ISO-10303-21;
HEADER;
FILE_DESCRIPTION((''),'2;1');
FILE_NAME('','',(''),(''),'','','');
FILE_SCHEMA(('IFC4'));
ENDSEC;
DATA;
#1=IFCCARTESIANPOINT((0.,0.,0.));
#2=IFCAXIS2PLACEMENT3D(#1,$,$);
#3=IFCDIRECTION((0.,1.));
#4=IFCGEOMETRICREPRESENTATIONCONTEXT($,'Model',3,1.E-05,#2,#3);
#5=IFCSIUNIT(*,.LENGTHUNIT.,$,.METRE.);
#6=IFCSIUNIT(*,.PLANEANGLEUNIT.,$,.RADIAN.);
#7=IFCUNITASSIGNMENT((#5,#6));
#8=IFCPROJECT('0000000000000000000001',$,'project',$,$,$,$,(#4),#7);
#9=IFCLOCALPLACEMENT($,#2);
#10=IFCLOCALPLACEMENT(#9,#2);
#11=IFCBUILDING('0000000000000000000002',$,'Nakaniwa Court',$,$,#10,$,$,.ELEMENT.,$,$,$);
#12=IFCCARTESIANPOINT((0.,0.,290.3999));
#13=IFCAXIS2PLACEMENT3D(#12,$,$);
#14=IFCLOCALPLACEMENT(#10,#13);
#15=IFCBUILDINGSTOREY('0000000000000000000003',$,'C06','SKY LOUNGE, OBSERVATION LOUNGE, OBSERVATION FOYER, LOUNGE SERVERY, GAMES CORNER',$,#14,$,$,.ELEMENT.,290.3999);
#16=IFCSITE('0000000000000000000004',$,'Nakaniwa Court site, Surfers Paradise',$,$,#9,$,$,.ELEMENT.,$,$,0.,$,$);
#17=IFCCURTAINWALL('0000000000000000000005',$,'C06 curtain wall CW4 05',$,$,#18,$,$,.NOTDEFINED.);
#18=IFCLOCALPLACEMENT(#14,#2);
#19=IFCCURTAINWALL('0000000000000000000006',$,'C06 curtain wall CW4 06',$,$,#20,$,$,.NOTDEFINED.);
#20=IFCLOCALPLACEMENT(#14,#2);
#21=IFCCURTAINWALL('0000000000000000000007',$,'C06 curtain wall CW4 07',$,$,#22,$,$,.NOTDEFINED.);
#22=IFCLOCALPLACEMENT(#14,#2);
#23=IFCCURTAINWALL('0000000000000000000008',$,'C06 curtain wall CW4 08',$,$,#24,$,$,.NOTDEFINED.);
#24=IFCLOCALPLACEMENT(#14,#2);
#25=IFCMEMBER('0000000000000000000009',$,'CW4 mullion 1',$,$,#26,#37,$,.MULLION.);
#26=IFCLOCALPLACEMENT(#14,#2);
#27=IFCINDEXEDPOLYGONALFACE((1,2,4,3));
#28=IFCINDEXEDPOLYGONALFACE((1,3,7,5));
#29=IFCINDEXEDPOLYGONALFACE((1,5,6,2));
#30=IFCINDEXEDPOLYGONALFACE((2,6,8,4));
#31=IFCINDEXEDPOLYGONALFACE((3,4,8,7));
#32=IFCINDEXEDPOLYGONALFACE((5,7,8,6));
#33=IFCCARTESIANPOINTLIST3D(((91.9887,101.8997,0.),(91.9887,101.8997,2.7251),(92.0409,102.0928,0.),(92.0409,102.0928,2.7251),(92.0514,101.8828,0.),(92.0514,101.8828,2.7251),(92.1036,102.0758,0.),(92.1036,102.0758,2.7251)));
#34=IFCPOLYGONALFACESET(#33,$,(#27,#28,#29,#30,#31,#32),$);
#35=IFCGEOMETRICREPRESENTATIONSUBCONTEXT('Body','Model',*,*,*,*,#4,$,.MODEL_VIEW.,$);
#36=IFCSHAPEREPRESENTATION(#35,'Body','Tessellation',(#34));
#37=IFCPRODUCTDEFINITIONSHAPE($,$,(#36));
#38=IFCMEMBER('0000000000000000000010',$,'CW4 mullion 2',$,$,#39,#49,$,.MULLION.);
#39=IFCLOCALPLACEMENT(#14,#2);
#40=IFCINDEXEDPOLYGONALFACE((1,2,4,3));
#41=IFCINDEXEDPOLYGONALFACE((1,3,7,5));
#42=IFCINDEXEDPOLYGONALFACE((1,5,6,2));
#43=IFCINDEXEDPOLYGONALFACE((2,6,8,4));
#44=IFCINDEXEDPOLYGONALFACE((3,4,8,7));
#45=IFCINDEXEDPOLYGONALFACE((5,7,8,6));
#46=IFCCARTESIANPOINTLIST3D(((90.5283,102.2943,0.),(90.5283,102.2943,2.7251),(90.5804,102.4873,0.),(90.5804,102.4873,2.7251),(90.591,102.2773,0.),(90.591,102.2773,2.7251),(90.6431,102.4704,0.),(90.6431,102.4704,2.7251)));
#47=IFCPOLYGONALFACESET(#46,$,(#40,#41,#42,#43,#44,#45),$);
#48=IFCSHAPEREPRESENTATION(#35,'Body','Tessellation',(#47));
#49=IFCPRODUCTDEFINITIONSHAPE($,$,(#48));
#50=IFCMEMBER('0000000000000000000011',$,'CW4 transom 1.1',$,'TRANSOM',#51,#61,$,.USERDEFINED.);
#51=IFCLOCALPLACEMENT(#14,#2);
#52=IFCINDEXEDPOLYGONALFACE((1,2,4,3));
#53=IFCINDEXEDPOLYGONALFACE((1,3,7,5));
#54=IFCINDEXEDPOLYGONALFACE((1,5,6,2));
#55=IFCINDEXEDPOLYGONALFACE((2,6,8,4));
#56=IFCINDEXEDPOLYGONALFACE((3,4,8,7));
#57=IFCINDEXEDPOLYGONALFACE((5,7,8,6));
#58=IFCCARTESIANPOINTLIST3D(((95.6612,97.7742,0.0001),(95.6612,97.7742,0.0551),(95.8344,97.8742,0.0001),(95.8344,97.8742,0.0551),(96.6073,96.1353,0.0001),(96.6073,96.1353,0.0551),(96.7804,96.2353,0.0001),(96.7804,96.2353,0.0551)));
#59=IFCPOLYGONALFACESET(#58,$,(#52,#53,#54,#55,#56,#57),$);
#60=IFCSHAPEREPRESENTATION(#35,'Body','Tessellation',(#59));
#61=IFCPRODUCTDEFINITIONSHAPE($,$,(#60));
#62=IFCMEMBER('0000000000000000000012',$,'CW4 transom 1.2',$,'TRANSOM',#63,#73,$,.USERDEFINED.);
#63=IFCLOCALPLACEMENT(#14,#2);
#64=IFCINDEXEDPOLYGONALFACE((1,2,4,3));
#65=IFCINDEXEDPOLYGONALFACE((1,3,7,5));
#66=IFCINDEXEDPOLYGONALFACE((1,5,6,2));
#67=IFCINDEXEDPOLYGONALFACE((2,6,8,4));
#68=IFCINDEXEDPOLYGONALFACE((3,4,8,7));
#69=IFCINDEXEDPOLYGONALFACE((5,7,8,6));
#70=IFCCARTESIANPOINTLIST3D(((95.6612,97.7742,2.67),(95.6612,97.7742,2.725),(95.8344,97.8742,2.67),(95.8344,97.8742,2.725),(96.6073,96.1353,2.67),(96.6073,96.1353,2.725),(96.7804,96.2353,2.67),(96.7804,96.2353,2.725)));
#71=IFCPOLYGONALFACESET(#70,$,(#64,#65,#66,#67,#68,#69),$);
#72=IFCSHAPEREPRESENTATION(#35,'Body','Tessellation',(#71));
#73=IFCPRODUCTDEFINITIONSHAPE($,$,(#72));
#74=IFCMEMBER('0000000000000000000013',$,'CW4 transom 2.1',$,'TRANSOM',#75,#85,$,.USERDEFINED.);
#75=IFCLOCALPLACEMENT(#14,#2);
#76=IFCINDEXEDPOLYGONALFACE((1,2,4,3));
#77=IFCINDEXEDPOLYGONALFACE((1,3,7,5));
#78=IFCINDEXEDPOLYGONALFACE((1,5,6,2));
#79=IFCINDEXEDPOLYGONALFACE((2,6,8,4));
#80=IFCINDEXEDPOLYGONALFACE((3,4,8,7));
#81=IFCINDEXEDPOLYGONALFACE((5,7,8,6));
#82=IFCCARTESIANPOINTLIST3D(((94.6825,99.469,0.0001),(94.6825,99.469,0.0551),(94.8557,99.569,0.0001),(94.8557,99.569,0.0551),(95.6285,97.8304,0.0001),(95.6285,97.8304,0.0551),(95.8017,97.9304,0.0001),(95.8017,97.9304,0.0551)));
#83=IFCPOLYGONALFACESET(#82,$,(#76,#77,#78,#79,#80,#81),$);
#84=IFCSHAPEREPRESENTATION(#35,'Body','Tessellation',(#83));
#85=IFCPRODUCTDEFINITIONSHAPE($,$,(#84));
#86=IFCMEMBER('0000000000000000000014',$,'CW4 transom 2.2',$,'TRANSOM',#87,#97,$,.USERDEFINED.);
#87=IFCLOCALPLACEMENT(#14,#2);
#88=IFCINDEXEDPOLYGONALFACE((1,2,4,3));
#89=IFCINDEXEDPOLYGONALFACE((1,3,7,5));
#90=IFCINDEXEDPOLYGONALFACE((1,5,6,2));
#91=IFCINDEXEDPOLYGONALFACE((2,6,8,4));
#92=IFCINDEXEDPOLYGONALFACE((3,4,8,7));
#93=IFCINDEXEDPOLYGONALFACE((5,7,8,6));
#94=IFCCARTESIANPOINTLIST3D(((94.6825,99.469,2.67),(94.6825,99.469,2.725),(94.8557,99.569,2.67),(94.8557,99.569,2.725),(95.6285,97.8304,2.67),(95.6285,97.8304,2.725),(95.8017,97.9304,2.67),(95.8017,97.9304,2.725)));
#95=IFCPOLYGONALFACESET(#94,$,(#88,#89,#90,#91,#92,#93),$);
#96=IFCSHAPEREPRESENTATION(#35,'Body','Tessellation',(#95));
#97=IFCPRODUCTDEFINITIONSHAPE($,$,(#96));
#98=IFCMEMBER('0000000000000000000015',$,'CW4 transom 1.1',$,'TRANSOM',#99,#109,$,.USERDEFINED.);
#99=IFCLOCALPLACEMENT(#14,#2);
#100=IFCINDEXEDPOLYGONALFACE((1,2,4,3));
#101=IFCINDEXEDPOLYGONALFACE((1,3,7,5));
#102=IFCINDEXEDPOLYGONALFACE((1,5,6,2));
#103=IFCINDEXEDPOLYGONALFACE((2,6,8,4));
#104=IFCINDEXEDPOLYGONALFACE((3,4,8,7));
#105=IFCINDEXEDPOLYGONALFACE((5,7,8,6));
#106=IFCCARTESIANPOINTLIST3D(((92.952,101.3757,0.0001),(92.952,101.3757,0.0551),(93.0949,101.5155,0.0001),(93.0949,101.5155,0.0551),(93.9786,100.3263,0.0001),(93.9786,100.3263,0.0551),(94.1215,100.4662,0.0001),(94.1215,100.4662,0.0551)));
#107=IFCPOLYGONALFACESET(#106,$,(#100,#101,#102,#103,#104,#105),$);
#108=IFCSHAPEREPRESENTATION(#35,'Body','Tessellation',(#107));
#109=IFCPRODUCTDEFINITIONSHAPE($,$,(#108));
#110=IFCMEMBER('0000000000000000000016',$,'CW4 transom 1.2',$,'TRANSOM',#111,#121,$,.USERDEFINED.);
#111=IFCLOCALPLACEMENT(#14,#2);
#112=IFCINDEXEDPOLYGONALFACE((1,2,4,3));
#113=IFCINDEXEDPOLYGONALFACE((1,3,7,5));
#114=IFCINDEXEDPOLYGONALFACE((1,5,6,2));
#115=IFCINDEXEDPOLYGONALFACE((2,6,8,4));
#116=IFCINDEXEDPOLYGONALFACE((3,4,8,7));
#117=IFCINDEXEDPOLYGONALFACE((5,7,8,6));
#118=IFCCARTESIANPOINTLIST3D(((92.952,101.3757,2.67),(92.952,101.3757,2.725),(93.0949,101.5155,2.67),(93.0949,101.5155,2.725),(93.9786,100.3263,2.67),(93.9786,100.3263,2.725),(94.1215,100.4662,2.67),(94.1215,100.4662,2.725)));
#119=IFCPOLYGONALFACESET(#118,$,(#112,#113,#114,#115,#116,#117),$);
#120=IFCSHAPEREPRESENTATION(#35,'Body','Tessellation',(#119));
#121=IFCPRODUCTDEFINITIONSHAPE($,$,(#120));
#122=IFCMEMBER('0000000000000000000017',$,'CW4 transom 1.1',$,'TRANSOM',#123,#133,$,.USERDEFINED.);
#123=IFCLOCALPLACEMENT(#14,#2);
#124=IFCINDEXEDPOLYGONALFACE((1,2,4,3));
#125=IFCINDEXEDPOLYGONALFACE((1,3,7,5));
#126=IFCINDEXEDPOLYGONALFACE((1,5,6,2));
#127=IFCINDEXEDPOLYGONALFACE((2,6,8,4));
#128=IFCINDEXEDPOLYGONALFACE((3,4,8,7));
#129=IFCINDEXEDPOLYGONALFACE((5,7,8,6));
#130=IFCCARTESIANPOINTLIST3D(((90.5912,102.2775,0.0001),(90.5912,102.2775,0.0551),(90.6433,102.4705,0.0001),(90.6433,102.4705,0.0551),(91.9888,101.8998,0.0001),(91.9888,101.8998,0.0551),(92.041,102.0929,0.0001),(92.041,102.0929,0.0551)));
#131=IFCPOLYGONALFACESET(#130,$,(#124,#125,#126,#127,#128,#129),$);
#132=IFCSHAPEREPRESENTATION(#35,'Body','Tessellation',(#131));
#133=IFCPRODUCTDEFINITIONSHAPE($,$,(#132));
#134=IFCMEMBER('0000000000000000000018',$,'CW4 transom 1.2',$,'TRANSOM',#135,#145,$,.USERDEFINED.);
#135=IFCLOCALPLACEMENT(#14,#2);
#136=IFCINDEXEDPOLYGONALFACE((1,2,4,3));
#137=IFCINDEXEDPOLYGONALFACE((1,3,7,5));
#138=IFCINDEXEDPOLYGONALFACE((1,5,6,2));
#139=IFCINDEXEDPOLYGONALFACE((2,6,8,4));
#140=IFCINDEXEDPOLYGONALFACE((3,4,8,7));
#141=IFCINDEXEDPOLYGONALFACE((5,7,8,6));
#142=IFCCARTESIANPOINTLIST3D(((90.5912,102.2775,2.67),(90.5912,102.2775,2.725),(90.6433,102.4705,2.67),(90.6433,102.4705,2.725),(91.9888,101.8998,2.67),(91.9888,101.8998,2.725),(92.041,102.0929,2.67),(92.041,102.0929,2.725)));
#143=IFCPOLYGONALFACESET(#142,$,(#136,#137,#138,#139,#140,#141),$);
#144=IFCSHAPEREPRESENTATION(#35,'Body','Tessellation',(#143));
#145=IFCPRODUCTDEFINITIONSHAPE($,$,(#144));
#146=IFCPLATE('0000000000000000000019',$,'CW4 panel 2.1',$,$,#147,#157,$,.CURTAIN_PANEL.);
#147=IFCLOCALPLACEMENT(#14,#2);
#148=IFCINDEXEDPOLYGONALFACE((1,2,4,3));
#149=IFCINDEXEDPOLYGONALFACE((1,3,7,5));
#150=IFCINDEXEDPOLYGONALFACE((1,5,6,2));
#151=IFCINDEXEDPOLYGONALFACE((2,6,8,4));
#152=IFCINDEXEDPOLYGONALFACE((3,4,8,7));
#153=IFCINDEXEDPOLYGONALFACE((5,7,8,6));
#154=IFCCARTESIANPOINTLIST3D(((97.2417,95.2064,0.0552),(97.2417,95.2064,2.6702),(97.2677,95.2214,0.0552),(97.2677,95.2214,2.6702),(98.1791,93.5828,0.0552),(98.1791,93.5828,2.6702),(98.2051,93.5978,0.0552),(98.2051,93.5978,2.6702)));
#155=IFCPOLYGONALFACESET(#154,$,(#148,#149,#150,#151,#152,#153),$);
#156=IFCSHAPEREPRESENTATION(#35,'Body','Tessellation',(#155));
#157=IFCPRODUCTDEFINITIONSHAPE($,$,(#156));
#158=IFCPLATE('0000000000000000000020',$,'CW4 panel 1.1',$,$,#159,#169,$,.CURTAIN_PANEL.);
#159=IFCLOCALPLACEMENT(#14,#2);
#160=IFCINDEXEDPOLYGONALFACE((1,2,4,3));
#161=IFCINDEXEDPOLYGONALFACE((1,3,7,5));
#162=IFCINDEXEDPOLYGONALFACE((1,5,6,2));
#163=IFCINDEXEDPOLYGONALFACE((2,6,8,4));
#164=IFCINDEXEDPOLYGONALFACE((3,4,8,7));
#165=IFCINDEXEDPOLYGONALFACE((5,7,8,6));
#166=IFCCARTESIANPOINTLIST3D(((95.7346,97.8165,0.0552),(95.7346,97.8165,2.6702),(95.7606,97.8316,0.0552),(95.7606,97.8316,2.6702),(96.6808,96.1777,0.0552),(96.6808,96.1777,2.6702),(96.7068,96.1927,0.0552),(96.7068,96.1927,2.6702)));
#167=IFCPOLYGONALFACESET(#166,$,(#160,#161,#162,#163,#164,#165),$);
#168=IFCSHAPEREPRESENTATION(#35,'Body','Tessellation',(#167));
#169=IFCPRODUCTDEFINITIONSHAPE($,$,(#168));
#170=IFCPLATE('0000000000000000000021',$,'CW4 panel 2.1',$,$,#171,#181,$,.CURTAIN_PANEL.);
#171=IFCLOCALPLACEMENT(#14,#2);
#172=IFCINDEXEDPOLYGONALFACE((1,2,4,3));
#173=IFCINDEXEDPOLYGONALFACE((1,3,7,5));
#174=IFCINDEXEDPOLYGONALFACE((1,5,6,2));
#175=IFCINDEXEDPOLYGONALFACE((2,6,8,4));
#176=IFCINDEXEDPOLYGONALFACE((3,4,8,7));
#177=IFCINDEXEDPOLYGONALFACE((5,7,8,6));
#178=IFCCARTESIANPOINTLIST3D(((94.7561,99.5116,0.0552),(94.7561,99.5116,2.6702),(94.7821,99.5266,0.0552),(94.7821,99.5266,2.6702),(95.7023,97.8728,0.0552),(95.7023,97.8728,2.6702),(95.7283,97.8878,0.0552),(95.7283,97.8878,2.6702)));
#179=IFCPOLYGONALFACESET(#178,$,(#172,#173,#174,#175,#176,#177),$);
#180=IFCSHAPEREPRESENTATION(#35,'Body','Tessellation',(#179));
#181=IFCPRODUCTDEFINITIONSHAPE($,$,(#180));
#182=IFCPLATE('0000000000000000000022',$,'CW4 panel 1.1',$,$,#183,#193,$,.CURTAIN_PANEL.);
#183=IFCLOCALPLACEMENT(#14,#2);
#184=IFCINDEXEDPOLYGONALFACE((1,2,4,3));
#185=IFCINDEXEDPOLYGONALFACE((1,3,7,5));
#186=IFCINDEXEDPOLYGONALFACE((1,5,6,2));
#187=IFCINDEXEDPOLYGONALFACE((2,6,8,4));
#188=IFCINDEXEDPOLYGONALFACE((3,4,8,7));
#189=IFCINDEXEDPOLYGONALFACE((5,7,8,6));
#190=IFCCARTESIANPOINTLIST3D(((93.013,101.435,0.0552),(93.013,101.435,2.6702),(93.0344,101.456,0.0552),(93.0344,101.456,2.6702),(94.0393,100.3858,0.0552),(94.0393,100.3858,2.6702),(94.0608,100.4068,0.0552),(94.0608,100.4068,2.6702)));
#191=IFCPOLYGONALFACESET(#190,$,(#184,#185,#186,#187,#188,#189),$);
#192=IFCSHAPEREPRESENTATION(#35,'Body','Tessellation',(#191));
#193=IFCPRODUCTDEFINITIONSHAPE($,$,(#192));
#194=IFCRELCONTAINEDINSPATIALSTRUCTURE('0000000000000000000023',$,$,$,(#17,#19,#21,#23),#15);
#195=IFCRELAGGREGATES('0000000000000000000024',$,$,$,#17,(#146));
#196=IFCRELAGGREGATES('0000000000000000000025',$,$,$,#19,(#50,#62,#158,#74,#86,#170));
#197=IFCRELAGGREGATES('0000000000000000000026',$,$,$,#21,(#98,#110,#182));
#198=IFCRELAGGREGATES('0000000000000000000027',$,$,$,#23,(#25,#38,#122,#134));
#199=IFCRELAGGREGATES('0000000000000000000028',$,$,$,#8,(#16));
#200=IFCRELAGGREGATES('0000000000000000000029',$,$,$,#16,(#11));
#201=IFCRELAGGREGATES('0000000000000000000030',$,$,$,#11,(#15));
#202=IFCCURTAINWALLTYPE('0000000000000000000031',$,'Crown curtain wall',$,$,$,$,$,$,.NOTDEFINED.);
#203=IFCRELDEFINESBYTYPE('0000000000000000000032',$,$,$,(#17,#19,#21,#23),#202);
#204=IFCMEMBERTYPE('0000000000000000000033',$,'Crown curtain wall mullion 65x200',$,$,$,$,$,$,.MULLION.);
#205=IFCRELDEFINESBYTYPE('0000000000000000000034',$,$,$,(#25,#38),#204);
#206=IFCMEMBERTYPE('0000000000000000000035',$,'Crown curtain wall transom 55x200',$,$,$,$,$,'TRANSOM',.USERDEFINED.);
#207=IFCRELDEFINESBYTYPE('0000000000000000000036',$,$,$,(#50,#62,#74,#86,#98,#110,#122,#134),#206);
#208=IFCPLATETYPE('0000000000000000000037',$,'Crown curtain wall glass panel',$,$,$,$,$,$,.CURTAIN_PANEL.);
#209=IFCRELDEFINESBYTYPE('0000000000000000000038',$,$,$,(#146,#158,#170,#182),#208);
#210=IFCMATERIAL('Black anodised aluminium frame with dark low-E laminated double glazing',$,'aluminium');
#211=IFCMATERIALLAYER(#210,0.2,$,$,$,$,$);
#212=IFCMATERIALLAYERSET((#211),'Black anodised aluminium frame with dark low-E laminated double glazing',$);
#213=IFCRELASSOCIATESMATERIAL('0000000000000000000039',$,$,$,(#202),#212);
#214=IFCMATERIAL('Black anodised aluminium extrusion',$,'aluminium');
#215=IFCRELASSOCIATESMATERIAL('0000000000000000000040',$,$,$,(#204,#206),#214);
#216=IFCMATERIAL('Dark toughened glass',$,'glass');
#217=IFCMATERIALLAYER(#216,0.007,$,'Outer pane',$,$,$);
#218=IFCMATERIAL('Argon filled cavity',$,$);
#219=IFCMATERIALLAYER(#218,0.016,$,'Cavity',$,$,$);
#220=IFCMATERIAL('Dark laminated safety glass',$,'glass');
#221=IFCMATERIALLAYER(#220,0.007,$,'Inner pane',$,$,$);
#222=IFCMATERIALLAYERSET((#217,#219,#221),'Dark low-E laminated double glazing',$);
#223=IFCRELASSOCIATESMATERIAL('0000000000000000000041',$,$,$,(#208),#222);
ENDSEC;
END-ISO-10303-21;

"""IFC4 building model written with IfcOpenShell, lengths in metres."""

from ifc_helpers import new_model, si_unit, direction, frame, origin, origin_2d, place, context, subcontext, project, spatial, rectangle, extrude, material, layer, layer_set, material_profile, profile_set, type_object, element, aggregate, save


model = new_model("IFC4")

# Units and contexts
model_context = context("Model", 3, precision=1e-05, world=origin(), true_north=direction((0.0, 1.0)))
body_context = subcontext(model_context, "Body", "Model", "MODEL_VIEW")
ifc_project = project(units=[si_unit("LENGTHUNIT", "METRE"), si_unit("PLANEANGLEUNIT", "RADIAN")], contexts=[model_context])

# Site, building, storey
site_placement = place(None, origin())
site = spatial("IfcSite", under=ifc_project, at=site_placement, Name="Nakaniwa Court site, Surfers Paradise", CompositionType="ELEMENT", RefElevation=0.0)
building_placement = place(site_placement, origin())
building = spatial("IfcBuilding", under=site, at=building_placement, Name="Nakaniwa Court", CompositionType="ELEMENT")
storey_placement = place(building_placement, frame((0.0, 0.0, 290.3999)))
storey = spatial("IfcBuildingStorey", under=building, at=storey_placement, Name="C06", Description="SKY LOUNGE, OBSERVATION LOUNGE, OBSERVATION FOYER, LOUNGE SERVERY, GAMES CORNER", CompositionType="ELEMENT", Elevation=290.3999)

# Curtain wall
ifc_material_1 = material(Name="Black anodised aluminium frame with dark low-E laminated double glazing", Category="aluminium")
ifc_layer_1 = layer(ifc_material_1, 0.2)
ifc_layer_set_1 = layer_set([ifc_layer_1], Name="Black anodised aluminium frame with dark low-E laminated double glazing")
curtain_wall_type = type_object("IfcCurtainWallType", Name="Crown curtain wall", PredefinedType="NOTDEFINED", material=ifc_layer_set_1)
curtain_wall_1_placement = place(storey_placement, origin())
curtain_wall_1 = element("IfcCurtainWall", 1, at=curtain_wall_1_placement, inside=storey, type_object=curtain_wall_type, Name="C06 curtain wall CW4 05", PredefinedType="NOTDEFINED")
ifc_material_2 = material(Name="Black anodised aluminium extrusion", Category="aluminium")
ifc_material_profile_1 = material_profile(ifc_material_2, rectangle(XDim=0.2, YDim=0.0649, at=origin_2d()), Name="Crown curtain wall mullion 65x200")
ifc_profile_set_1 = profile_set([ifc_material_profile_1], Name="Black anodised aluminium extrusion")
member_type_1 = type_object("IfcMemberType", Name="Crown curtain wall mullion 65x200", PredefinedType="MULLION", material=ifc_profile_set_1)

# Curtain walls, members
curtain_wall_2_placement = place(storey_placement, origin())
curtain_wall_2 = element("IfcCurtainWall", 2, at=curtain_wall_2_placement, inside=storey, type_object=curtain_wall_type, Name="C06 curtain wall CW4 06", PredefinedType="NOTDEFINED")
curtain_wall_3_placement = place(storey_placement, origin())
curtain_wall_3 = element("IfcCurtainWall", 3, at=curtain_wall_3_placement, inside=storey, type_object=curtain_wall_type, Name="C06 curtain wall CW4 07", PredefinedType="NOTDEFINED")
curtain_wall_4_placement = place(storey_placement, origin())
curtain_wall_4 = element("IfcCurtainWall", 4, at=curtain_wall_4_placement, inside=storey, type_object=curtain_wall_type, Name="C06 curtain wall CW4 08", PredefinedType="NOTDEFINED")
member_1_placement = place(storey_placement, frame((92.0461, 101.9878, 0.0), z_axis=(0.0, 0.0, 1.0), x_axis=(-0.260864, -0.965375, 0.0)))
member_1 = element("IfcMember", 5, at=member_1_placement, type_object=member_type_1, Name="CW4 mullion 1", PredefinedType="MULLION", context=body_context, shape_type="SweptSolid", body=[
    extrude(rectangle(XDim=0.2, YDim=0.0649, at=origin_2d()), origin(), (0.0, 0.0, 1.0), 2.7251),
])
member_2_placement = place(storey_placement, frame((90.5857, 102.3823, 0.0), z_axis=(0.0, 0.0, 1.0), x_axis=(-0.260864, -0.965375, 0.0)))
member_2 = element("IfcMember", 6, at=member_2_placement, type_object=member_type_1, Name="CW4 mullion 2", PredefinedType="MULLION", context=body_context, shape_type="SweptSolid", body=[
    extrude(rectangle(XDim=0.2, YDim=0.0649, at=origin_2d()), origin(), (0.0, 0.0, 1.0), 2.7251),
])

# Members
ifc_material_profile_2 = material_profile(ifc_material_2, rectangle(XDim=0.2, YDim=0.0549, at=origin_2d()), Name="Crown curtain wall transom 55x200")
ifc_profile_set_2 = profile_set([ifc_material_profile_2], Name="Black anodised aluminium extrusion")
member_type_2 = type_object("IfcMemberType", Name="Crown curtain wall transom 55x200", ElementType="TRANSOM", PredefinedType="USERDEFINED", material=ifc_profile_set_2)
member_3_placement = place(storey_placement, frame((96.6938, 96.1853, 0.0276), z_axis=(-0.499927, 0.866067, 0.0), x_axis=(-0.866067, -0.499927, 0.0)))
member_3 = element("IfcMember", 7, at=member_3_placement, type_object=member_type_2, Name="CW4 transom 1.1", ObjectType="TRANSOM", PredefinedType="USERDEFINED", context=body_context, shape_type="SweptSolid", body=[
    extrude(rectangle(XDim=0.2, YDim=0.0549, at=origin_2d()), origin(), (0.0, 0.0, 1.0), 1.8923),
])
member_4_placement = place(storey_placement, frame((96.6938, 96.1853, 2.6975), z_axis=(-0.499927, 0.866067, 0.0), x_axis=(-0.866067, -0.499927, 0.0)))
member_4 = element("IfcMember", 8, at=member_4_placement, type_object=member_type_2, Name="CW4 transom 1.2", ObjectType="TRANSOM", PredefinedType="USERDEFINED", context=body_context, shape_type="SweptSolid", body=[
    extrude(rectangle(XDim=0.2, YDim=0.0549, at=origin_2d()), origin(), (0.0, 0.0, 1.0), 1.8923),
])
member_5_placement = place(storey_placement, frame((95.7151, 97.8804, 0.0276), z_axis=(-0.499983, 0.866035, 0.0), x_axis=(-0.866035, -0.499983, 0.0)))
member_5 = element("IfcMember", 9, at=member_5_placement, type_object=member_type_2, Name="CW4 transom 2.1", ObjectType="TRANSOM", PredefinedType="USERDEFINED", context=body_context, shape_type="SweptSolid", body=[
    extrude(rectangle(XDim=0.2, YDim=0.0549, at=origin_2d()), origin(), (0.0, 0.0, 1.0), 1.8921),
])
member_6_placement = place(storey_placement, frame((95.7151, 97.8804, 2.6975), z_axis=(-0.499983, 0.866035, 0.0), x_axis=(-0.866035, -0.499983, 0.0)))
member_6 = element("IfcMember", 10, at=member_6_placement, type_object=member_type_2, Name="CW4 transom 2.2", ObjectType="TRANSOM", PredefinedType="USERDEFINED", context=body_context, shape_type="SweptSolid", body=[
    extrude(rectangle(XDim=0.2, YDim=0.0549, at=origin_2d()), origin(), (0.0, 0.0, 1.0), 1.8921),
])
member_7_placement = place(storey_placement, frame((94.05, 100.3962, 0.0276), z_axis=(-0.699331, 0.714798, 0.0), x_axis=(-0.714798, -0.699331, 0.0)))
member_7 = element("IfcMember", 11, at=member_7_placement, type_object=member_type_2, Name="CW4 transom 1.1", ObjectType="TRANSOM", PredefinedType="USERDEFINED", context=body_context, shape_type="SweptSolid", body=[
    extrude(rectangle(XDim=0.2, YDim=0.0549, at=origin_2d()), origin(), (0.0, 0.0, 1.0), 1.468),
])
member_8_placement = place(storey_placement, frame((94.05, 100.3962, 2.6975), z_axis=(-0.699331, 0.714798, 0.0), x_axis=(-0.714798, -0.699331, 0.0)))
member_8 = element("IfcMember", 12, at=member_8_placement, type_object=member_type_2, Name="CW4 transom 1.2", ObjectType="TRANSOM", PredefinedType="USERDEFINED", context=body_context, shape_type="SweptSolid", body=[
    extrude(rectangle(XDim=0.2, YDim=0.0549, at=origin_2d()), origin(), (0.0, 0.0, 1.0), 1.468),
])
member_9_placement = place(storey_placement, frame((92.0149, 101.9963, 0.0276), z_axis=(-0.965376, 0.260862, 0.0), x_axis=(-0.260862, -0.965376, 0.0)))
member_9 = element("IfcMember", 13, at=member_9_placement, type_object=member_type_2, Name="CW4 transom 1.1", ObjectType="TRANSOM", PredefinedType="USERDEFINED", context=body_context, shape_type="SweptSolid", body=[
    extrude(rectangle(XDim=0.2, YDim=0.0549, at=origin_2d()), origin(), (0.0, 0.0, 1.0), 1.4478),
])
member_10_placement = place(storey_placement, frame((92.0149, 101.9963, 2.6975), z_axis=(-0.965376, 0.260862, 0.0), x_axis=(-0.260862, -0.965376, 0.0)))
member_10 = element("IfcMember", 14, at=member_10_placement, type_object=member_type_2, Name="CW4 transom 1.2", ObjectType="TRANSOM", PredefinedType="USERDEFINED", context=body_context, shape_type="SweptSolid", body=[
    extrude(rectangle(XDim=0.2, YDim=0.0549, at=origin_2d()), origin(), (0.0, 0.0, 1.0), 1.4478),
])

# Plates
ifc_material_3 = material(Name="Dark toughened glass", Category="glass")
ifc_layer_2 = layer(ifc_material_3, 0.007, Name="Outer pane")
ifc_material_4 = material(Name="Argon filled cavity")
ifc_layer_3 = layer(ifc_material_4, 0.016, Name="Cavity")
ifc_material_5 = material(Name="Dark laminated safety glass", Category="glass")
ifc_layer_4 = layer(ifc_material_5, 0.007, Name="Inner pane")
ifc_layer_set_2 = layer_set([ifc_layer_2, ifc_layer_3, ifc_layer_4], Name="Dark low-E laminated double glazing")
plate_type = type_object("IfcPlateType", Name="Crown curtain wall glass panel", PredefinedType="CURTAIN_PANEL", material=ifc_layer_set_2)
plate_1_placement = place(storey_placement, frame((97.7234, 94.4021, 0.0552), z_axis=(0.0, 0.0, 1.0), x_axis=(-0.499987, 0.866033, 0.0)))
plate_1 = element("IfcPlate", 15, at=plate_1_placement, type_object=plate_type, Name="CW4 panel 2.1", PredefinedType="CURTAIN_PANEL", context=body_context, shape_type="SweptSolid", body=[
    extrude(rectangle(XDim=1.8748, YDim=0.03, at=origin_2d()), origin(), (0.0, 0.0, 1.0), 2.615),
])
aggregate(curtain_wall_1, [plate_1])
plate_2_placement = place(storey_placement, frame((96.2207, 97.0046, 0.0552), z_axis=(0.0, 0.0, 1.0), x_axis=(-0.499996, 0.866028, 0.0)))
plate_2 = element("IfcPlate", 16, at=plate_2_placement, type_object=plate_type, Name="CW4 panel 1.1", PredefinedType="CURTAIN_PANEL", context=body_context, shape_type="SweptSolid", body=[
    extrude(rectangle(XDim=1.8923, YDim=0.03, at=origin_2d()), origin(), (0.0, 0.0, 1.0), 2.615),
])
plate_3_placement = place(storey_placement, frame((95.2422, 98.6997, 0.0552), z_axis=(0.0, 0.0, 1.0), x_axis=(-0.499996, 0.866028, 0.0)))
plate_3 = element("IfcPlate", 17, at=plate_3_placement, type_object=plate_type, Name="CW4 panel 2.1", PredefinedType="CURTAIN_PANEL", context=body_context, shape_type="SweptSolid", body=[
    extrude(rectangle(XDim=1.8923, YDim=0.03, at=origin_2d()), origin(), (0.0, 0.0, 1.0), 2.615),
])
aggregate(curtain_wall_2, [member_3, member_4, plate_2, member_5, member_6, plate_3])
plate_4_placement = place(storey_placement, frame((93.5369, 100.9209, 0.0552), z_axis=(0.0, 0.0, 1.0), x_axis=(-0.699241, 0.714886, 0.0)))
plate_4 = element("IfcPlate", 18, at=plate_4_placement, type_object=plate_type, Name="CW4 panel 1.1", PredefinedType="CURTAIN_PANEL", context=body_context, shape_type="SweptSolid", body=[
    extrude(rectangle(XDim=1.4678, YDim=0.03, at=origin_2d()), origin(), (0.0, 0.0, 1.0), 2.615),
])
aggregate(curtain_wall_3, [member_7, member_8, plate_4])
aggregate(curtain_wall_4, [member_1, member_2, member_9, member_10])

save(model, "model.ifc")
